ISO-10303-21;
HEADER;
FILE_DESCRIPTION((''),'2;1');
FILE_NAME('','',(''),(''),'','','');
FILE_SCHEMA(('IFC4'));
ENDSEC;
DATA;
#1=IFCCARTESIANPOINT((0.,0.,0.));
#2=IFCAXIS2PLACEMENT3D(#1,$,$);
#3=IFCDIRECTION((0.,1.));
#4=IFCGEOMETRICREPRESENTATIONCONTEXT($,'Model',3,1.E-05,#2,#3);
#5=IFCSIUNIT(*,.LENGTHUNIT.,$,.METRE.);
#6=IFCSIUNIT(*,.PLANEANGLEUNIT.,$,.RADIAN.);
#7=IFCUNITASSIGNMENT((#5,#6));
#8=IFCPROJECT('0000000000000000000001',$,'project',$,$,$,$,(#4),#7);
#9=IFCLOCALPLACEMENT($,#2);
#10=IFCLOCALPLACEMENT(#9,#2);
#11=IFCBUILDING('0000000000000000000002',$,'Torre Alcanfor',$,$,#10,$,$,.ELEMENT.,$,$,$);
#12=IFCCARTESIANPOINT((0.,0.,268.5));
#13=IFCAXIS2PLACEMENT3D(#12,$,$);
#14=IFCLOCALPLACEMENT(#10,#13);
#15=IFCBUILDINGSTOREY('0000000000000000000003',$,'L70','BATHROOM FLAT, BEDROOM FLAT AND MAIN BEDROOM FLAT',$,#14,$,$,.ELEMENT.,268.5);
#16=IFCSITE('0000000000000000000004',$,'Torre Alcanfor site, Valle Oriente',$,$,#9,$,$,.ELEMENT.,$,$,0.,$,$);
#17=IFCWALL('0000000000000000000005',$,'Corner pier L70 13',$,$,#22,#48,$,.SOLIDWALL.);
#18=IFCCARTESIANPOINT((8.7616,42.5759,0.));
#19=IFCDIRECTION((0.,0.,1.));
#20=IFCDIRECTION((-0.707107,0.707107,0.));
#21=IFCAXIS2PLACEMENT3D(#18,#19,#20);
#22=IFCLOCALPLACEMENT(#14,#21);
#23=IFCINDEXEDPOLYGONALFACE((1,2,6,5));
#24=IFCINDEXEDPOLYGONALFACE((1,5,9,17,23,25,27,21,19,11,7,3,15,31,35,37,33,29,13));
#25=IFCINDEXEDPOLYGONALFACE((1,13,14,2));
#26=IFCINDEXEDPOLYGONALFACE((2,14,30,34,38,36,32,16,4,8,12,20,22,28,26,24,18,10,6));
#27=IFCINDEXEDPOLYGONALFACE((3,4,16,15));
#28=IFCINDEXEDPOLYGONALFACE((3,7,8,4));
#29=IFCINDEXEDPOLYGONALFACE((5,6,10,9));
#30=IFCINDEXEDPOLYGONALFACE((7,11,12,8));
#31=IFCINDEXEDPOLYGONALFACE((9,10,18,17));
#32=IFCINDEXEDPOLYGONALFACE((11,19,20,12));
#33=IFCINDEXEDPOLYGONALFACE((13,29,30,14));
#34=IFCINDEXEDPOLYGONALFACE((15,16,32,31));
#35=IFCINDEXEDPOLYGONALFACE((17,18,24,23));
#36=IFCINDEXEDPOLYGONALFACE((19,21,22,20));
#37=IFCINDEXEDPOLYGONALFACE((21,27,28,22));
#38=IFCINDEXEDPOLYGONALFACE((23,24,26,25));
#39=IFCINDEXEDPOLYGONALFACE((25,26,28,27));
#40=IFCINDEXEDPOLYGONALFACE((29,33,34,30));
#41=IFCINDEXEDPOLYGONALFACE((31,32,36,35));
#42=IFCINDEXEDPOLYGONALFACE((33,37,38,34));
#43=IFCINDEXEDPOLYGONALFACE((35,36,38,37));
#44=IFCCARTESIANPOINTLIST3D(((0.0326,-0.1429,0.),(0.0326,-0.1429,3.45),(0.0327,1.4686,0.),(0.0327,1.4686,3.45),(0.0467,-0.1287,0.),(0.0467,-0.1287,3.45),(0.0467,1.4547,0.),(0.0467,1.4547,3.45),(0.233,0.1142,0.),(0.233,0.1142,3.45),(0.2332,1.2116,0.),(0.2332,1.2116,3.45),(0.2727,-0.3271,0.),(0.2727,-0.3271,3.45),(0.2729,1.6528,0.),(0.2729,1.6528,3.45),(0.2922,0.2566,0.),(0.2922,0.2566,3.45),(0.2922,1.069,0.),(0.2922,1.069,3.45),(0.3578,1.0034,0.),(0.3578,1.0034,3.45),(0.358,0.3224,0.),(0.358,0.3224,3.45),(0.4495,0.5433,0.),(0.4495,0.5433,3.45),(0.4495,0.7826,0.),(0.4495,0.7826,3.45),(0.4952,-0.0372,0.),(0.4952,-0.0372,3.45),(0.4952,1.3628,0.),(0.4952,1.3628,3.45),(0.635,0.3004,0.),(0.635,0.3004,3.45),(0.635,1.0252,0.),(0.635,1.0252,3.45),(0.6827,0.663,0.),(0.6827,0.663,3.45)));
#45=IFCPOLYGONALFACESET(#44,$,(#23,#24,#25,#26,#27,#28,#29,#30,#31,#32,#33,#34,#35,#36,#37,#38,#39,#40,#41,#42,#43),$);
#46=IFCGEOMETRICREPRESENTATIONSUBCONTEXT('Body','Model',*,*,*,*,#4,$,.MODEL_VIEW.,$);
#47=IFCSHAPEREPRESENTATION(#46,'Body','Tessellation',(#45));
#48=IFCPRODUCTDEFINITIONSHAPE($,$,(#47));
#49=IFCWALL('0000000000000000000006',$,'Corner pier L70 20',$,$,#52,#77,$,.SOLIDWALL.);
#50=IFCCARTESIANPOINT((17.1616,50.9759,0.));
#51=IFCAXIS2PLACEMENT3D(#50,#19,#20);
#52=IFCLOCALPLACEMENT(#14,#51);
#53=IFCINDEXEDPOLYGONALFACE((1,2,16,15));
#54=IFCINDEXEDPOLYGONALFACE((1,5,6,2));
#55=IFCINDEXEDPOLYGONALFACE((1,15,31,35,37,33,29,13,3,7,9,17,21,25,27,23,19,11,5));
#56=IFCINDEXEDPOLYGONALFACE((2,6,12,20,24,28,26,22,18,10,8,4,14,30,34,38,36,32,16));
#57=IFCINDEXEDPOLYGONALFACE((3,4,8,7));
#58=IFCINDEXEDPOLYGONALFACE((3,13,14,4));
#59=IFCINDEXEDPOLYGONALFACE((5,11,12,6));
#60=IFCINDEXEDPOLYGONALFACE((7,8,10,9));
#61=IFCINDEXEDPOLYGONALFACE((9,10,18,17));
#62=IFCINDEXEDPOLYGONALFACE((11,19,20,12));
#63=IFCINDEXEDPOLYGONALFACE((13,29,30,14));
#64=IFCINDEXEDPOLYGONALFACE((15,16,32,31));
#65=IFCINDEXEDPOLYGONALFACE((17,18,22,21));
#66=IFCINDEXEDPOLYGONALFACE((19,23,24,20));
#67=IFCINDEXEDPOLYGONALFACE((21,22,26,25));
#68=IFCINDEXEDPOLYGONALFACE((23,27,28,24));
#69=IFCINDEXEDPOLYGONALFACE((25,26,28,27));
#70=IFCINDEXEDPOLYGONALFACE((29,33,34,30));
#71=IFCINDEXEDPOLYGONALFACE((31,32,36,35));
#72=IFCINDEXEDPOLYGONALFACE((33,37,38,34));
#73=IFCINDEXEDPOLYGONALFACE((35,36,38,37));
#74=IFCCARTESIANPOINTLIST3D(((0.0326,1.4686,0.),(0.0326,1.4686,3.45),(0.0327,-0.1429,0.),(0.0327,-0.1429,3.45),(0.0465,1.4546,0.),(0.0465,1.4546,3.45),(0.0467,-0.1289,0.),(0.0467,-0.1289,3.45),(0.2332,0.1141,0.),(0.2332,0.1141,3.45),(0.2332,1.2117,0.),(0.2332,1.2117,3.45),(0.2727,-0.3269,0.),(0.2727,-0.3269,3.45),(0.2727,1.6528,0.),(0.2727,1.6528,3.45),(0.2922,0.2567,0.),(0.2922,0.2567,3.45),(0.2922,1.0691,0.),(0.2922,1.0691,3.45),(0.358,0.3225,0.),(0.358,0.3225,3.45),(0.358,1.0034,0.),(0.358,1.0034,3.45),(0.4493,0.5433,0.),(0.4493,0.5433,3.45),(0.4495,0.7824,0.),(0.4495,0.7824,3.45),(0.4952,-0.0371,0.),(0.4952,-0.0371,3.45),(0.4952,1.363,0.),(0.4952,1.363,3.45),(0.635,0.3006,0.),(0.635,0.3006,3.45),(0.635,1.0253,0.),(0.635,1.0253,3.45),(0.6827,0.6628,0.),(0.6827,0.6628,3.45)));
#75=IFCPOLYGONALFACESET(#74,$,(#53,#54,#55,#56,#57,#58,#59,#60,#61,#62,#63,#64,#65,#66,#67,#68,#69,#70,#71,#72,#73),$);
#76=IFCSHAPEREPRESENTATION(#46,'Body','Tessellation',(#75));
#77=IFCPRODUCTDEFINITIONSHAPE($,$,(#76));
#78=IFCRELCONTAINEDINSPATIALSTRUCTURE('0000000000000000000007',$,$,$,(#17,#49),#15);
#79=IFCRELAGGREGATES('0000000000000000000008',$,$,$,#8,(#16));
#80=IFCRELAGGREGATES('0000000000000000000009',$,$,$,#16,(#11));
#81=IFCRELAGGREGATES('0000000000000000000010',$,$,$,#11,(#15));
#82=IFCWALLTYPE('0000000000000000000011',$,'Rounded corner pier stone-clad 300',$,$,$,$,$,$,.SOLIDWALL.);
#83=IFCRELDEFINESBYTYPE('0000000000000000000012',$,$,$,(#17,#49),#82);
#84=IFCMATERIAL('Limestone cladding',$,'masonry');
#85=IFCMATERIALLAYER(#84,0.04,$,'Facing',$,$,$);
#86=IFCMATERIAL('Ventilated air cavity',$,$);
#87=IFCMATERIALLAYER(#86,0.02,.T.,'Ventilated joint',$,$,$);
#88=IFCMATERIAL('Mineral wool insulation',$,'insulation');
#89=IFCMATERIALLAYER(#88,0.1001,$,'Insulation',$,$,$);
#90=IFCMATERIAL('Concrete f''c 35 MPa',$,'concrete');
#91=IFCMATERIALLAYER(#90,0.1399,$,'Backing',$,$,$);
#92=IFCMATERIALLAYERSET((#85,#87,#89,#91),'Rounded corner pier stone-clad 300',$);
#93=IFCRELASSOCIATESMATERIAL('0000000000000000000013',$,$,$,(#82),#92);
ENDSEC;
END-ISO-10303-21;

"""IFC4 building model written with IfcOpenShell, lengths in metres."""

from ifc_helpers import new_model, si_unit, direction, frame, origin, place, context, subcontext, project, spatial, polyline, outline, extrude, material, layer, layer_set, type_object, element, save


model = new_model("IFC4")

# Units and contexts
model_context = context("Model", 3, precision=1e-05, world=origin(), true_north=direction((0.0, 1.0)))
body_context = subcontext(model_context, "Body", "Model", "MODEL_VIEW")
ifc_project = project(units=[si_unit("LENGTHUNIT", "METRE"), si_unit("PLANEANGLEUNIT", "RADIAN")], contexts=[model_context])

# Site, building, storey
site_placement = place(None, origin())
site = spatial("IfcSite", under=ifc_project, at=site_placement, Name="Torre Alcanfor site, Valle Oriente", CompositionType="ELEMENT", RefElevation=0.0)
building_placement = place(site_placement, origin())
building = spatial("IfcBuilding", under=site, at=building_placement, Name="Torre Alcanfor", CompositionType="ELEMENT")
storey_placement = place(building_placement, frame((0.0, 0.0, 268.5)))
storey = spatial("IfcBuildingStorey", under=building, at=storey_placement, Name="L70", Description="BATHROOM FLAT, BEDROOM FLAT AND MAIN BEDROOM FLAT", CompositionType="ELEMENT", Elevation=268.5)

# Shared definitions
ifc_material_1 = material(Name="Limestone cladding", Category="masonry")
ifc_material_2 = material(Name="Ventilated air cavity")
ifc_material_3 = material(Name="Mineral wool insulation", Category="insulation")
ifc_material_4 = material(Name="Concrete f'c 35 MPa", Category="concrete")

# Walls
ifc_layer_1 = layer(ifc_material_1, 0.04, Name="Facing")
ifc_layer_2 = layer(ifc_material_2, 0.02, ventilated=True, Name="Ventilated joint")
ifc_layer_3 = layer(ifc_material_3, 0.1001, Name="Insulation")
ifc_layer_4 = layer(ifc_material_4, 0.1399, Name="Backing")
ifc_layer_set_1 = layer_set([ifc_layer_1, ifc_layer_2, ifc_layer_3, ifc_layer_4], Name="Rounded corner pier stone-clad 300")
wall_type_1 = type_object("IfcWallType", Name="Rounded corner pier stone-clad 300", PredefinedType="SOLIDWALL", material=ifc_layer_set_1)
wall_1_placement = place(storey_placement, frame((8.7616, 42.5759, 0.0), z_axis=(0.0, 0.0, 1.0), x_axis=(-0.707107, 0.707107, 0.0)))
element("IfcWall", 1, at=wall_1_placement, inside=storey, type_object=wall_type_1, Name="Corner pier L70 13", PredefinedType="SOLIDWALL", context=body_context, shape_type="SweptSolid", body=[
    extrude(outline(polyline([(0.233, 0.1142), (0.0467, -0.1287), (0.0326, -0.1429), (0.2727, -0.3271), (0.4952, -0.0372), (0.635, 0.3004), (0.6827, 0.663), (0.635, 1.0252), (0.4952, 1.3628), (0.2729, 1.6528), (0.0327, 1.4686), (0.0467, 1.4547), (0.2332, 1.2116), (0.2922, 1.069), (0.3578, 1.0034), (0.4495, 0.7826), (0.4495, 0.5433), (0.358, 0.3224), (0.2922, 0.2566), (0.233, 0.1142)])), origin(), (0.0, 0.0, 1.0), 3.45),
])
wall_2_placement = place(storey_placement, frame((17.1616, 50.9759, 0.0), z_axis=(0.0, 0.0, 1.0), x_axis=(-0.707107, 0.707107, 0.0)))
element("IfcWall", 2, at=wall_2_placement, inside=storey, type_object=wall_type_1, Name="Corner pier L70 20", PredefinedType="SOLIDWALL", context=body_context, shape_type="SweptSolid", body=[
    extrude(outline(polyline([(0.0467, -0.1289), (0.0327, -0.1429), (0.2727, -0.3269), (0.4952, -0.0371), (0.635, 0.3006), (0.6827, 0.6628), (0.635, 1.0253), (0.4952, 1.363), (0.2727, 1.6528), (0.0326, 1.4686), (0.0465, 1.4546), (0.2332, 1.2117), (0.2922, 1.0691), (0.358, 1.0034), (0.4495, 0.7824), (0.4493, 0.5433), (0.358, 0.3225), (0.2922, 0.2567), (0.2332, 0.1141), (0.0467, -0.1289)])), origin(), (0.0, 0.0, 1.0), 3.45),
])

save(model, "model.ifc")
